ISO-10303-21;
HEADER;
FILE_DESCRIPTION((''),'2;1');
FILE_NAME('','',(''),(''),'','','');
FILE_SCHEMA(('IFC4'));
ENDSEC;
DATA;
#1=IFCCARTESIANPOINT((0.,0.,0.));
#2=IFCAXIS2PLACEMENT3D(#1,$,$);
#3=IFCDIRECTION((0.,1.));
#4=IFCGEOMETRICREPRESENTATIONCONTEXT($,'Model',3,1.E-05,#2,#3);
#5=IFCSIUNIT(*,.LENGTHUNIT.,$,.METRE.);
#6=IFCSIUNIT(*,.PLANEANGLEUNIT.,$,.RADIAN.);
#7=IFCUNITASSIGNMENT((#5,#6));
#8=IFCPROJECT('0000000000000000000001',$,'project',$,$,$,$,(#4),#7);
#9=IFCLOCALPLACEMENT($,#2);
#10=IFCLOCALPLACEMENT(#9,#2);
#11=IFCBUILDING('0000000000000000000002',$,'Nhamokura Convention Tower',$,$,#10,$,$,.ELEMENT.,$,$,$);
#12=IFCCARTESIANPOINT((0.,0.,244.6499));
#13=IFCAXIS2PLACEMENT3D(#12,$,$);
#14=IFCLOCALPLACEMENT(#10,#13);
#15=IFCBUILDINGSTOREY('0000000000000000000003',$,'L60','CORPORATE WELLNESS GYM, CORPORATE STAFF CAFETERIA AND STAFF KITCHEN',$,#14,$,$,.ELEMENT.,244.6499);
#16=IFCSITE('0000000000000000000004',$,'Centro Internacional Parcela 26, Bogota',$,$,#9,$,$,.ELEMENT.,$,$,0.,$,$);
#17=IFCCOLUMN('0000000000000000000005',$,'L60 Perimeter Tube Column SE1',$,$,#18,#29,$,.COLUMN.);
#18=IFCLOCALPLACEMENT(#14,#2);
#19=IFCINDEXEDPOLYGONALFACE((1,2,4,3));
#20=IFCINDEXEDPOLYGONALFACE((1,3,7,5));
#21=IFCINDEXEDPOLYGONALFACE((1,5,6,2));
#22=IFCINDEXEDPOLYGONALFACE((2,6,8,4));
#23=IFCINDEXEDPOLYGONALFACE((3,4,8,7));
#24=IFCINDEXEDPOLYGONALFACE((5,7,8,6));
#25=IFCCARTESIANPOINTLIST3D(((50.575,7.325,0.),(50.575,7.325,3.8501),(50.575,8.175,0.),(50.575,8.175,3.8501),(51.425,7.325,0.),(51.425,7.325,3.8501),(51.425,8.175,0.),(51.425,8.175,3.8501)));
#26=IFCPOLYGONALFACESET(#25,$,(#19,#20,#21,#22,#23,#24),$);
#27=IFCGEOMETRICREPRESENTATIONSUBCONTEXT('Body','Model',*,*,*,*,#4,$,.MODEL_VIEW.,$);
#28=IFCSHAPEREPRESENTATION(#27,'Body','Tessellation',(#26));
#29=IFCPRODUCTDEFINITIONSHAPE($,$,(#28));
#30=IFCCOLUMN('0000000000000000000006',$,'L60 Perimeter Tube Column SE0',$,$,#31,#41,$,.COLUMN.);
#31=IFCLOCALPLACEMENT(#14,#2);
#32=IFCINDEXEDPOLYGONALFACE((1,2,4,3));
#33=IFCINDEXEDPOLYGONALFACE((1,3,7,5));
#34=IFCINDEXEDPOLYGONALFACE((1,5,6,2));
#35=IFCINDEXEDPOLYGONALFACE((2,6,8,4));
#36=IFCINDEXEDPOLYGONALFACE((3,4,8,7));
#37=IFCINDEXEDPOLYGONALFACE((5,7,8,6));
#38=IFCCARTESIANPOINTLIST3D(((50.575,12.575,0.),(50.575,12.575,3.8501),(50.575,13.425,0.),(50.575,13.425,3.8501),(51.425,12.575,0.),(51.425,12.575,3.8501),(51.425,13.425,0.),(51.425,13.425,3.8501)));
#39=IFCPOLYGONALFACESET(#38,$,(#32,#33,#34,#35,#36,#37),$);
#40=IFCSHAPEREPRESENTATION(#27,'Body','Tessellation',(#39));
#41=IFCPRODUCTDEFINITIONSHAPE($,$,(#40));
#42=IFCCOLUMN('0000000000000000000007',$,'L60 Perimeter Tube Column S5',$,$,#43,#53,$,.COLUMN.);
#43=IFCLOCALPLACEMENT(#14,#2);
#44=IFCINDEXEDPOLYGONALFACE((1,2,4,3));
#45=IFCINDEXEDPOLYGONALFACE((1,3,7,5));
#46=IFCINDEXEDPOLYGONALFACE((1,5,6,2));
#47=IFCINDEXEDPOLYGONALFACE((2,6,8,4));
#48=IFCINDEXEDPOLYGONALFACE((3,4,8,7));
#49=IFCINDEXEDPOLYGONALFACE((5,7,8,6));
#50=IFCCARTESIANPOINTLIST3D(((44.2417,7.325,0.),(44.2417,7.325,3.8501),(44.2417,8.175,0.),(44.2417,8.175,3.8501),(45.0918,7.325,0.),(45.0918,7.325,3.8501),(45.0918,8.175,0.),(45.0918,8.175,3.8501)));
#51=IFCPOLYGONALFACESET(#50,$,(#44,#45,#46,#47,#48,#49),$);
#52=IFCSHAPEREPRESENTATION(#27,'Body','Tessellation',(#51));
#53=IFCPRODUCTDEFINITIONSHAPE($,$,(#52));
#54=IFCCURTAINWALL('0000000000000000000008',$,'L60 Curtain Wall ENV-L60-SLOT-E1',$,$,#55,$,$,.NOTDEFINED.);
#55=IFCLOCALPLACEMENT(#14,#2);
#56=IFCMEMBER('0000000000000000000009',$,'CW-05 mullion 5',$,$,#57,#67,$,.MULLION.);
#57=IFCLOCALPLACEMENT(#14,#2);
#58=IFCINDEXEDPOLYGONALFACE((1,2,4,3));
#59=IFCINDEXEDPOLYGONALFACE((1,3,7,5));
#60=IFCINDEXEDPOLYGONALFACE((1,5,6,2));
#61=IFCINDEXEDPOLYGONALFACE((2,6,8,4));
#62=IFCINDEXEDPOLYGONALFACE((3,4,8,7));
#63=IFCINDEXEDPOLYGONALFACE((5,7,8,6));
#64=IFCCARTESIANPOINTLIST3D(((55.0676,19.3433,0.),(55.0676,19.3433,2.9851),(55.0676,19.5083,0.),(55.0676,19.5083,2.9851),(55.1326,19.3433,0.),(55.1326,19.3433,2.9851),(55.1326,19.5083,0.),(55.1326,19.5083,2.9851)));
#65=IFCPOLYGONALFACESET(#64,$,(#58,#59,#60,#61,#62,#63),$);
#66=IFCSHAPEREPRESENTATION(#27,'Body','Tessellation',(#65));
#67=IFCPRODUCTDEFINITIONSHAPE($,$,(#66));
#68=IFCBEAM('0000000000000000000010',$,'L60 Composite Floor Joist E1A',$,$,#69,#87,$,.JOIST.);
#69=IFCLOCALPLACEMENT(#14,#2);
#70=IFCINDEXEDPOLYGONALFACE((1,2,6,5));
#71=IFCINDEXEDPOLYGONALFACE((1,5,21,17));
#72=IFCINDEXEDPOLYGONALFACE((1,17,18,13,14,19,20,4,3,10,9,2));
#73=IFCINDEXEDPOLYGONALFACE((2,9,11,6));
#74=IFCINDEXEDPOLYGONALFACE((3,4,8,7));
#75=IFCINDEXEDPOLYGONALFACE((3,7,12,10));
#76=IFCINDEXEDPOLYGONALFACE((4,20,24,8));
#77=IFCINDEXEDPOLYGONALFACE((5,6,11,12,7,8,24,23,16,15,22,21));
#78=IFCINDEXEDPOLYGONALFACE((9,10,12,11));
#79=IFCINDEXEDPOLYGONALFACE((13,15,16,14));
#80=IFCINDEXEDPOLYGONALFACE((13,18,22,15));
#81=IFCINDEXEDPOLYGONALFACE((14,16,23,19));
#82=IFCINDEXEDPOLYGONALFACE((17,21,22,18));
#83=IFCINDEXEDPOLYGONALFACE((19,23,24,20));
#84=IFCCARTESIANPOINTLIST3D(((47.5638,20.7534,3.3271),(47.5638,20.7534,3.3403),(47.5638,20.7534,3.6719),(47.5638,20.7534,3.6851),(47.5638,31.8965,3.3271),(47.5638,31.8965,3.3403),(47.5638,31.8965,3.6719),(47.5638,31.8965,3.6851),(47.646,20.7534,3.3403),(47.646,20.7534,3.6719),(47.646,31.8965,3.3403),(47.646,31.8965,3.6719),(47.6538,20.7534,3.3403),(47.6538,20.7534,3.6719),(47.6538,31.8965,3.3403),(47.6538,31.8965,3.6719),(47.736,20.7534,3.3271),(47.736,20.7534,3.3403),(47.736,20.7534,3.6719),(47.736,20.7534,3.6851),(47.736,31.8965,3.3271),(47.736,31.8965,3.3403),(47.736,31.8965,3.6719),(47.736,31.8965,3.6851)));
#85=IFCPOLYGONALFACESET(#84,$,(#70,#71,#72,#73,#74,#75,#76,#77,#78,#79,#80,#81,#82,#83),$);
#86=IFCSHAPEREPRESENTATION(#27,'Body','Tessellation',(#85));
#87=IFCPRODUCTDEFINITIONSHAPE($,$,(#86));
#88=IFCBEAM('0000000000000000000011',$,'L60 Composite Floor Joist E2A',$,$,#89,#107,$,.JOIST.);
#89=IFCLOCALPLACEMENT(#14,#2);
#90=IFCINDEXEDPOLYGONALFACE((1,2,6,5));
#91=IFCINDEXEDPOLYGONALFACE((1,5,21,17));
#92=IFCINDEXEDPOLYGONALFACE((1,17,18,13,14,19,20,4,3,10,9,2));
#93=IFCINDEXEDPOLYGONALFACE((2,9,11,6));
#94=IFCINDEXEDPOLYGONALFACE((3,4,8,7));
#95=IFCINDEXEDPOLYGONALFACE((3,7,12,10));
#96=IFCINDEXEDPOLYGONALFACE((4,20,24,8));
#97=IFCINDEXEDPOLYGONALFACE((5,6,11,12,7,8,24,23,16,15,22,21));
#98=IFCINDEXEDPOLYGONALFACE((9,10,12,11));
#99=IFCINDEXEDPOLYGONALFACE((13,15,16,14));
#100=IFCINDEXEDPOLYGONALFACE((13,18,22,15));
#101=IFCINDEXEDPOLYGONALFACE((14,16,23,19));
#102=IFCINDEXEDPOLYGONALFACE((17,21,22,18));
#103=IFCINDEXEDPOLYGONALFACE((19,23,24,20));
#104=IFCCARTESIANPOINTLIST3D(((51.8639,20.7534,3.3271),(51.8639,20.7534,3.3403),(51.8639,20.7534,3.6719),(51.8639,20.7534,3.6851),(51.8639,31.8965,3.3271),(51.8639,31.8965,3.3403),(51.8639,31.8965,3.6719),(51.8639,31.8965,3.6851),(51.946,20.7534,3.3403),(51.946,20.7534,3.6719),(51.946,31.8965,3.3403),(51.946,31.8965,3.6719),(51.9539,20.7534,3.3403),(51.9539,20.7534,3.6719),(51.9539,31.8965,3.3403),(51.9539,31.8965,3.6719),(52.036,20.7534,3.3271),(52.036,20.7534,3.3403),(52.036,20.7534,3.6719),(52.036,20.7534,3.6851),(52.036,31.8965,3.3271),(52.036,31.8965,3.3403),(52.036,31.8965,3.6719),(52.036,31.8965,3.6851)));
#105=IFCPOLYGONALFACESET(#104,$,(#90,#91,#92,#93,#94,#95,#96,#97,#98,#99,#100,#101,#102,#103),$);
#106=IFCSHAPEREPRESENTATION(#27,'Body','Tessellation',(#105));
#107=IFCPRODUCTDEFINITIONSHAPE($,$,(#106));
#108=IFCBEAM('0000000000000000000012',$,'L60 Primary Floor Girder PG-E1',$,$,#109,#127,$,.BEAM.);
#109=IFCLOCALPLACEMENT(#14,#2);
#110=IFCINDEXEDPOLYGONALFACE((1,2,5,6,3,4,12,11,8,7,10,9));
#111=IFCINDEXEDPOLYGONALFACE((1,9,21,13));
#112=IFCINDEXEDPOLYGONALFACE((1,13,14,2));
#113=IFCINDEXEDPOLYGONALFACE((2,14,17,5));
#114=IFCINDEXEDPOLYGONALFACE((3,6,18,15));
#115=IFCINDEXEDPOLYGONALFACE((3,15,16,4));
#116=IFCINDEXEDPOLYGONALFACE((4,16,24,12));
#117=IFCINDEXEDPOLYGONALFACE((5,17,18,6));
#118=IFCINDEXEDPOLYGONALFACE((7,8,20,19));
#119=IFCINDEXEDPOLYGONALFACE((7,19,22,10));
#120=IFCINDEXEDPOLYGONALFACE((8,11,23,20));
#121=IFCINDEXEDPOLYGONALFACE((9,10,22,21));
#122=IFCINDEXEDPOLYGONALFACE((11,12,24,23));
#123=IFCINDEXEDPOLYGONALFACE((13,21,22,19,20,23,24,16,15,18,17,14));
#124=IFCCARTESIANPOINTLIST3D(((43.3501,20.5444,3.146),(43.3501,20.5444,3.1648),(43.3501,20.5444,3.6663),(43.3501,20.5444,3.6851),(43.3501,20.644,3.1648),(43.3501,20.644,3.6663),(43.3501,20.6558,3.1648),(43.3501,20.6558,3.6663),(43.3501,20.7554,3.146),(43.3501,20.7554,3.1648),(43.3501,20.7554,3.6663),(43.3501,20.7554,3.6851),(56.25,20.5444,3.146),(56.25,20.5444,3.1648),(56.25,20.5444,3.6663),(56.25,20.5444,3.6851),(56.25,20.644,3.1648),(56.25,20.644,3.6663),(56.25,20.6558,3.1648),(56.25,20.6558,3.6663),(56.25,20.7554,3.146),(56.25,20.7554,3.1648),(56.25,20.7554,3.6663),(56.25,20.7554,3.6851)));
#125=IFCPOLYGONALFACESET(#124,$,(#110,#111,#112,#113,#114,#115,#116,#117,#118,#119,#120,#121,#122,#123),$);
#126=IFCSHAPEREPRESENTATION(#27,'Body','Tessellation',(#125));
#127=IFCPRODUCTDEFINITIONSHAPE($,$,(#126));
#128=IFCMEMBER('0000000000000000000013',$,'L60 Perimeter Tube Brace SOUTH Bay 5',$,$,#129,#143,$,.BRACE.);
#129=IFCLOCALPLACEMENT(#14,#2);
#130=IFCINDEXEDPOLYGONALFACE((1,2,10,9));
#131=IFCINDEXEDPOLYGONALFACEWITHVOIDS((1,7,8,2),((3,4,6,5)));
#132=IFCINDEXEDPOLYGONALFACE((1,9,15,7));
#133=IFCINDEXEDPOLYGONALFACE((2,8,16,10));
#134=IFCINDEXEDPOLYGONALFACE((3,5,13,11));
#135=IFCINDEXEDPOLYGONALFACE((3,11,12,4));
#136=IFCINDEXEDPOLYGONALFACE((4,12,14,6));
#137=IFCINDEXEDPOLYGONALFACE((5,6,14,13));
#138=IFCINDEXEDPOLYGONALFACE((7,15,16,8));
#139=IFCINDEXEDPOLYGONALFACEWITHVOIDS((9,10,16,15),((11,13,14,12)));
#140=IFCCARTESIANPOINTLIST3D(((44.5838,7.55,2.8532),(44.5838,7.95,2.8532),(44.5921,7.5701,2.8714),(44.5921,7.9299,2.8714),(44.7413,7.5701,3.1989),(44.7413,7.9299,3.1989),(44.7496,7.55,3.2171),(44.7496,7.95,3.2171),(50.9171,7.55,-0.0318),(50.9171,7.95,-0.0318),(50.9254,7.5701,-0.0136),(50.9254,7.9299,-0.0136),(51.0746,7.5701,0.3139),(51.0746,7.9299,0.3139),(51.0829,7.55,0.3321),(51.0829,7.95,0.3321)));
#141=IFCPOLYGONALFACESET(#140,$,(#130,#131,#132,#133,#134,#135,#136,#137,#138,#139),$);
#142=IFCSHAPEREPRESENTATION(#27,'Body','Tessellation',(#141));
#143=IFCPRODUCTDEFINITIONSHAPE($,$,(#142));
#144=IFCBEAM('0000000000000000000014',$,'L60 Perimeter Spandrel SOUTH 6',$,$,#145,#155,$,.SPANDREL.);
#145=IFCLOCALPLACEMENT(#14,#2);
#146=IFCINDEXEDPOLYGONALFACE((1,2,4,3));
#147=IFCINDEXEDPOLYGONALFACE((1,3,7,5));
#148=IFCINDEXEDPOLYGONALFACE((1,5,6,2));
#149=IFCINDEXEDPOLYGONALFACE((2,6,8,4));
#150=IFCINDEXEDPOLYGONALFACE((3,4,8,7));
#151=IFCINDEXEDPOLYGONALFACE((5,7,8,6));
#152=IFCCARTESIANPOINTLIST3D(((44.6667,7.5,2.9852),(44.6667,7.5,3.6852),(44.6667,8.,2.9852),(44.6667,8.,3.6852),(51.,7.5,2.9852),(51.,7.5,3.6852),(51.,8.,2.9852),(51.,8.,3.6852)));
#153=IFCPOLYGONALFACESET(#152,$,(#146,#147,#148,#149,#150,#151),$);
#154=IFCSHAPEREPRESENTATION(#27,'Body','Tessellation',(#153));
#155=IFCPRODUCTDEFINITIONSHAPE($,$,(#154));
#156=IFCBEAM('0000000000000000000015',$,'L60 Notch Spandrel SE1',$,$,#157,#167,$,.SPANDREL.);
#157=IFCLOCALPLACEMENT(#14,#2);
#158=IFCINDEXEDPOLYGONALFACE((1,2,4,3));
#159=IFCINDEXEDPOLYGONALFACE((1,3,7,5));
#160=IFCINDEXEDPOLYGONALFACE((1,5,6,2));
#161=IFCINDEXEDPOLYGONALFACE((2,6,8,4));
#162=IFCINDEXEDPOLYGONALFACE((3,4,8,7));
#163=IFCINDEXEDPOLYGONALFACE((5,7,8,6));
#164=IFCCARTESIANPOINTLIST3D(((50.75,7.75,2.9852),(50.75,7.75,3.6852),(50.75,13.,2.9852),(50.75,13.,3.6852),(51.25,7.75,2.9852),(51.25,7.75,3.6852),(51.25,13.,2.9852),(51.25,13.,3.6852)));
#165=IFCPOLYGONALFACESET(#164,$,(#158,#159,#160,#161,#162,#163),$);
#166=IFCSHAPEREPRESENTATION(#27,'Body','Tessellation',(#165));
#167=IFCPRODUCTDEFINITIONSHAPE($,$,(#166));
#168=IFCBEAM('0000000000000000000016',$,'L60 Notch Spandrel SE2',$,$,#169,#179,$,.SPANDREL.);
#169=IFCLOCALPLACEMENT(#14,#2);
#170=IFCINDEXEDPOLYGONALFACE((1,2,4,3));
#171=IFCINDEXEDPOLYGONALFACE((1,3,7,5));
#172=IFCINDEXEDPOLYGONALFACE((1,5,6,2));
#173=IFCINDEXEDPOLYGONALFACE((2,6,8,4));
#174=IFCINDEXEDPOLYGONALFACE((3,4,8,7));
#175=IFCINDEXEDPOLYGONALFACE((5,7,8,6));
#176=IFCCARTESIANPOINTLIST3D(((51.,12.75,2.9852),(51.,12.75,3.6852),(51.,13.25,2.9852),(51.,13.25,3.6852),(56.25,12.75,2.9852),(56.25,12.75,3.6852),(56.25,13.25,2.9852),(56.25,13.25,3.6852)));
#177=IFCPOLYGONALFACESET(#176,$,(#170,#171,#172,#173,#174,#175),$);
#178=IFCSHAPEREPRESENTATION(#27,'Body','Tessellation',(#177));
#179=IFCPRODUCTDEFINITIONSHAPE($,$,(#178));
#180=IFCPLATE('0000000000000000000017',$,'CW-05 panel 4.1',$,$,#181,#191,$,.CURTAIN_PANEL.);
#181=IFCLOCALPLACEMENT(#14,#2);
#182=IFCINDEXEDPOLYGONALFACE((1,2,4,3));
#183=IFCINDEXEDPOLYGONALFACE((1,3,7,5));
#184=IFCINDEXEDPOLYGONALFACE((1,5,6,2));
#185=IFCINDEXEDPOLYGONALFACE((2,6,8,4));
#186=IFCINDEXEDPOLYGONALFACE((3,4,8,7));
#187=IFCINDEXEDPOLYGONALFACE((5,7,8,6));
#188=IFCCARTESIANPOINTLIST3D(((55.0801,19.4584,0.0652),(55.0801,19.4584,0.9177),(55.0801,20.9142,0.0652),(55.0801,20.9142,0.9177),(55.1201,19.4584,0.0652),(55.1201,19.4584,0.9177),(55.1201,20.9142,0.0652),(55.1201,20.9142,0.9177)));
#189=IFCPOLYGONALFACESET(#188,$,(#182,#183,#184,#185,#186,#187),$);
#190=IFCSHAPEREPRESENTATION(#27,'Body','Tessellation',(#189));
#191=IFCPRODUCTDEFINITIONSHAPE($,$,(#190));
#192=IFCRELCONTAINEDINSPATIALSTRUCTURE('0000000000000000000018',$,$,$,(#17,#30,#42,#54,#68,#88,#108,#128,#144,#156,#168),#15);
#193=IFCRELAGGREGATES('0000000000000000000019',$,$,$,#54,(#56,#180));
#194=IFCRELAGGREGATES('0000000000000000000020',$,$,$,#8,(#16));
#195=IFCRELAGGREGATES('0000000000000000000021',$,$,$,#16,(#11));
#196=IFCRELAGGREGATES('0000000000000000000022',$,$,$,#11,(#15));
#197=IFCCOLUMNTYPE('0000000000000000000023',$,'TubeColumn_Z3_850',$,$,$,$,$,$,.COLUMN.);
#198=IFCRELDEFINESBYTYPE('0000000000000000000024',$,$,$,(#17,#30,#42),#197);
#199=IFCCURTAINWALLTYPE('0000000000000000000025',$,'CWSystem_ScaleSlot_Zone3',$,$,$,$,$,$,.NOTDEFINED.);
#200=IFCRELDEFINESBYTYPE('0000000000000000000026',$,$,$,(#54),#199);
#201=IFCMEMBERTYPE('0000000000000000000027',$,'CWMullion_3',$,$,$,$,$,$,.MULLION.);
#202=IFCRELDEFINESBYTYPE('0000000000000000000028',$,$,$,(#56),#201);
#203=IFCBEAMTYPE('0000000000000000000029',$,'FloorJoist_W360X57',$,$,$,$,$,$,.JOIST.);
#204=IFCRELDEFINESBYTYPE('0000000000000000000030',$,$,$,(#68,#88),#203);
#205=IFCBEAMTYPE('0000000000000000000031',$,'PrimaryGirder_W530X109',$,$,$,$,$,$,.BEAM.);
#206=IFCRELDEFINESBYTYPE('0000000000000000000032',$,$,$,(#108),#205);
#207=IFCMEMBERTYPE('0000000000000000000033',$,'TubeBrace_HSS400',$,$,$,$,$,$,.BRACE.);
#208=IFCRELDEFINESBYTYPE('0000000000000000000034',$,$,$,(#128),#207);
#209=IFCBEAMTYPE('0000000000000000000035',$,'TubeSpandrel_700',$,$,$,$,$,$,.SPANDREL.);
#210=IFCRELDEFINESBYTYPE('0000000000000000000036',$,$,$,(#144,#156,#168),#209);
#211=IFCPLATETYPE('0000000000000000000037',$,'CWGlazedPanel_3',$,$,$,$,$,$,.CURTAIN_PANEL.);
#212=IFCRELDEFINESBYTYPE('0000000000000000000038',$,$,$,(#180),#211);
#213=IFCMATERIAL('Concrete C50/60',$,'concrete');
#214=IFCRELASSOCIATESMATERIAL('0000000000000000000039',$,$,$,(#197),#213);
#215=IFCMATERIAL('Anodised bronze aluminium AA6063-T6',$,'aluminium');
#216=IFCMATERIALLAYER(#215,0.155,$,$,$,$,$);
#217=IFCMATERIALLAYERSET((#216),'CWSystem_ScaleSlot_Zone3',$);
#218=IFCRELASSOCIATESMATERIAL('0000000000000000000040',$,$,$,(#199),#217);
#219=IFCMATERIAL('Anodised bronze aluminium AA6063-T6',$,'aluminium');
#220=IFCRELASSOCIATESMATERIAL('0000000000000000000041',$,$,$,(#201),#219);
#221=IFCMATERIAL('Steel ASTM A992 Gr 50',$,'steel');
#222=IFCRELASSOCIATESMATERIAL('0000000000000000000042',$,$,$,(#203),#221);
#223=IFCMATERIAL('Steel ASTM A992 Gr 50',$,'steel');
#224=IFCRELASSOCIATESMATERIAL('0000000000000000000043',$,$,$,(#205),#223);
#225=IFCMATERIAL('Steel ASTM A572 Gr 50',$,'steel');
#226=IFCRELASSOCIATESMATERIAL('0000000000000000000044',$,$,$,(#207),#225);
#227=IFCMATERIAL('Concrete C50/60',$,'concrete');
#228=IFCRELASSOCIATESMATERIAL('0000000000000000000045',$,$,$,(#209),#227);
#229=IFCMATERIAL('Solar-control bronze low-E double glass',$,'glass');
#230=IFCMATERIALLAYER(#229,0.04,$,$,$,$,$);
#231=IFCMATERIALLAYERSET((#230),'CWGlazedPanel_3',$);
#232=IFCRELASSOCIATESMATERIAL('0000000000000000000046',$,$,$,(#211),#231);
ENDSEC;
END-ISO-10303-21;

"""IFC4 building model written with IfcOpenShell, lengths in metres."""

from ifc_helpers import new_model, si_unit, direction, frame, origin, origin_2d, place, context, subcontext, project, spatial, rectangle, hollow_rectangle, i_section, extrude, material, layer, layer_set, material_profile, profile_set, type_object, element, aggregate, save


model = new_model("IFC4")

# Units and contexts
model_context = context("Model", 3, precision=1e-05, world=origin(), true_north=direction((0.0, 1.0)))
body_context = subcontext(model_context, "Body", "Model", "MODEL_VIEW")
ifc_project = project(units=[si_unit("LENGTHUNIT", "METRE"), si_unit("PLANEANGLEUNIT", "RADIAN")], contexts=[model_context])

# Site, building, storey
site_placement = place(None, origin())
site = spatial("IfcSite", under=ifc_project, at=site_placement, Name="Centro Internacional Parcela 26, Bogota", CompositionType="ELEMENT", RefElevation=0.0)
building_placement = place(site_placement, origin())
building = spatial("IfcBuilding", under=site, at=building_placement, Name="Nhamokura Convention Tower", CompositionType="ELEMENT")
storey_placement = place(building_placement, frame((0.0, 0.0, 244.6499)))
storey = spatial("IfcBuildingStorey", under=building, at=storey_placement, Name="L60", Description="CORPORATE WELLNESS GYM, CORPORATE STAFF CAFETERIA AND STAFF KITCHEN", CompositionType="ELEMENT", Elevation=244.6499)

# Columns
ifc_material_1 = material(Name="Concrete C50/60", Category="concrete")
ifc_material_profile_1 = material_profile(ifc_material_1, rectangle(XDim=0.8501, YDim=0.8501, at=origin_2d()))
ifc_profile_set_1 = profile_set([ifc_material_profile_1], Name="Concrete C50/60")
column_type = type_object("IfcColumnType", Name="TubeColumn_Z3_850", PredefinedType="COLUMN", material=ifc_profile_set_1)
for number, where, z_axis, x_axis, name in (
    (1, (51.0, 7.75, 0.0), (0.0, 0.0, 1.0), (1.0, 0.0, 0.0), "L60 Perimeter Tube Column SE1"),
    (2, (51.0, 13.0, 0.0), (0.0, 0.0, 1.0), (1.0, 0.0, 0.0), "L60 Perimeter Tube Column SE0"),
    (3, (44.6667, 7.75, 0.0), (0.0, 0.0, 1.0), (1.0, 0.0, 0.0), "L60 Perimeter Tube Column S5"),
):
    element("IfcColumn", number, at=place(storey_placement, frame(where, z_axis=z_axis, x_axis=x_axis)), inside=storey, type_object=column_type, Name=name, PredefinedType="COLUMN", context=body_context, shape_type="SweptSolid", body=[
        extrude(rectangle(XDim=0.8501, YDim=0.8501, at=origin_2d()), origin(), (0.0, 0.0, 1.0), 3.8501),
    ])

# Curtain wall, member
ifc_material_2 = material(Name="Anodised bronze aluminium AA6063-T6", Category="aluminium")
ifc_layer_1 = layer(ifc_material_2, 0.155)
ifc_layer_set_1 = layer_set([ifc_layer_1], Name="CWSystem_ScaleSlot_Zone3")
curtain_wall_type = type_object("IfcCurtainWallType", Name="CWSystem_ScaleSlot_Zone3", PredefinedType="NOTDEFINED", material=ifc_layer_set_1)
curtain_wall_placement = place(storey_placement, origin())
curtain_wall = element("IfcCurtainWall", 4, at=curtain_wall_placement, inside=storey, type_object=curtain_wall_type, Name="L60 Curtain Wall ENV-L60-SLOT-E1", PredefinedType="NOTDEFINED")
ifc_material_3 = material(Name="Anodised bronze aluminium AA6063-T6", Category="aluminium")
ifc_material_profile_2 = material_profile(ifc_material_3, rectangle(XDim=0.0649, YDim=0.165, at=origin_2d()))
ifc_profile_set_2 = profile_set([ifc_material_profile_2], Name="Anodised bronze aluminium AA6063-T6")
member_type_1 = type_object("IfcMemberType", Name="CWMullion_3", PredefinedType="MULLION", material=ifc_profile_set_2)
member_1_placement = place(storey_placement, frame((55.1001, 19.4258, 0.0), z_axis=(0.0, 0.0, 1.0), x_axis=(1.0, 0.0, 0.0)))
member_1 = element("IfcMember", 5, at=member_1_placement, type_object=member_type_1, Name="CW-05 mullion 5", PredefinedType="MULLION", context=body_context, shape_type="SweptSolid", body=[
    extrude(rectangle(XDim=0.0649, YDim=0.165, at=origin_2d()), origin(), (0.0, 0.0, 1.0), 2.9851),
])

# Beams
ifc_material_4 = material(Name="Steel ASTM A992 Gr 50", Category="steel")
ifc_material_profile_3 = material_profile(ifc_material_4, i_section(OverallWidth=0.1721, OverallDepth=0.3579, WebThickness=0.0078, FlangeThickness=0.0132, at=origin_2d()))
ifc_profile_set_3 = profile_set([ifc_material_profile_3], Name="Steel ASTM A992 Gr 50")
beam_type_1 = type_object("IfcBeamType", Name="FloorJoist_W360X57", PredefinedType="JOIST", material=ifc_profile_set_3)
for number, where, z_axis, x_axis, name in (
    (6, (47.6499, 20.7534, 3.5061), (0.0, 1.0, 0.0), (-1.0, 0.0, 0.0), "L60 Composite Floor Joist E1A"),
    (7, (51.95, 20.7534, 3.5061), (0.0, 1.0, 0.0), (-1.0, 0.0, 0.0), "L60 Composite Floor Joist E2A"),
):
    element("IfcBeam", number, at=place(storey_placement, frame(where, z_axis=z_axis, x_axis=x_axis)), inside=storey, type_object=beam_type_1, Name=name, PredefinedType="JOIST", context=body_context, shape_type="SweptSolid", body=[
        extrude(i_section(OverallWidth=0.1721, OverallDepth=0.3579, WebThickness=0.0078, FlangeThickness=0.0132, at=origin_2d()), origin(), (0.0, 0.0, 1.0), 11.1431),
    ])
ifc_material_5 = material(Name="Steel ASTM A992 Gr 50", Category="steel")
ifc_material_profile_4 = material_profile(ifc_material_5, i_section(OverallWidth=0.2109, OverallDepth=0.5391, WebThickness=0.0117, FlangeThickness=0.0188, at=origin_2d()))
ifc_profile_set_4 = profile_set([ifc_material_profile_4], Name="Steel ASTM A992 Gr 50")
beam_type_2 = type_object("IfcBeamType", Name="PrimaryGirder_W530X109", PredefinedType="BEAM", material=ifc_profile_set_4)
beam_1_placement = place(storey_placement, frame((43.3501, 20.6499, 3.4155), z_axis=(1.0, 0.0, 0.0), x_axis=(0.0, 1.0, 0.0)))
element("IfcBeam", 8, at=beam_1_placement, inside=storey, type_object=beam_type_2, Name="L60 Primary Floor Girder PG-E1", PredefinedType="BEAM", context=body_context, shape_type="SweptSolid", body=[
    extrude(i_section(OverallWidth=0.2109, OverallDepth=0.5391, WebThickness=0.0117, FlangeThickness=0.0188, at=origin_2d()), origin(), (0.0, 0.0, 1.0), 12.8999),
])

# Member
ifc_material_6 = material(Name="Steel ASTM A572 Gr 50", Category="steel")
ifc_material_profile_5 = material_profile(ifc_material_6, hollow_rectangle(XDim=0.3999, YDim=0.3999, WallThickness=0.02, at=origin_2d()))
ifc_profile_set_5 = profile_set([ifc_material_profile_5], Name="Steel ASTM A572 Gr 50")
member_type_2 = type_object("IfcMemberType", Name="TubeBrace_HSS400", PredefinedType="BRACE", material=ifc_profile_set_5)
member_2_placement = place(storey_placement, frame((51.0, 7.75, 0.1501), z_axis=(-0.910027, 0.0, 0.414548), x_axis=(0.0, -1.0, 0.0)))
element("IfcMember", 9, at=member_2_placement, inside=storey, type_object=member_type_2, Name="L60 Perimeter Tube Brace SOUTH Bay 5", PredefinedType="BRACE", context=body_context, shape_type="SweptSolid", body=[
    extrude(hollow_rectangle(XDim=0.3999, YDim=0.3999, WallThickness=0.02, at=origin_2d()), origin(), (0.0, 0.0, 1.0), 6.9595),
])

# Beams
ifc_material_7 = material(Name="Concrete C50/60", Category="concrete")
ifc_material_profile_6 = material_profile(ifc_material_7, rectangle(XDim=0.5, YDim=0.7, at=origin_2d()))
ifc_profile_set_6 = profile_set([ifc_material_profile_6], Name="Concrete C50/60")
beam_type_3 = type_object("IfcBeamType", Name="TubeSpandrel_700", PredefinedType="SPANDREL", material=ifc_profile_set_6)
beam_2_placement = place(storey_placement, frame((44.6667, 7.75, 3.3352), z_axis=(1.0, 0.0, 0.0), x_axis=(0.0, 1.0, 0.0)))
element("IfcBeam", 10, at=beam_2_placement, inside=storey, type_object=beam_type_3, Name="L60 Perimeter Spandrel SOUTH 6", PredefinedType="SPANDREL", context=body_context, shape_type="SweptSolid", body=[
    extrude(rectangle(XDim=0.5, YDim=0.7, at=origin_2d()), origin(), (0.0, 0.0, 1.0), 6.3333),
])
for number, where, z_axis, x_axis, name in (
    (11, (51.0, 7.75, 3.3352), (0.0, 1.0, 0.0), (-1.0, 0.0, 0.0), "L60 Notch Spandrel SE1"),
    (12, (51.0, 13.0, 3.3352), (1.0, 0.0, 0.0), (0.0, 1.0, 0.0), "L60 Notch Spandrel SE2"),
):
    element("IfcBeam", number, at=place(storey_placement, frame(where, z_axis=z_axis, x_axis=x_axis)), inside=storey, type_object=beam_type_3, Name=name, PredefinedType="SPANDREL", context=body_context, shape_type="SweptSolid", body=[
        extrude(rectangle(XDim=0.5, YDim=0.7, at=origin_2d()), origin(), (0.0, 0.0, 1.0), 5.25),
    ])

# Plate
ifc_material_8 = material(Name="Solar-control bronze low-E double glass", Category="glass")
ifc_layer_2 = layer(ifc_material_8, 0.04)
ifc_layer_set_2 = layer_set([ifc_layer_2], Name="CWGlazedPanel_3")
plate_type = type_object("IfcPlateType", Name="CWGlazedPanel_3", PredefinedType="CURTAIN_PANEL", material=ifc_layer_set_2)
plate_placement = place(storey_placement, frame((55.1001, 20.1863, 0.0652), z_axis=(0.0, 0.0, 1.0), x_axis=(0.0, -1.0, 0.0)))
plate = element("IfcPlate", 13, at=plate_placement, type_object=plate_type, Name="CW-05 panel 4.1", PredefinedType="CURTAIN_PANEL", context=body_context, shape_type="SweptSolid", body=[
    extrude(rectangle(XDim=1.4558, YDim=0.04, at=origin_2d()), origin(), (0.0, 0.0, 1.0), 0.8525),
])
aggregate(curtain_wall, [member_1, plate])

save(model, "model.ifc")
